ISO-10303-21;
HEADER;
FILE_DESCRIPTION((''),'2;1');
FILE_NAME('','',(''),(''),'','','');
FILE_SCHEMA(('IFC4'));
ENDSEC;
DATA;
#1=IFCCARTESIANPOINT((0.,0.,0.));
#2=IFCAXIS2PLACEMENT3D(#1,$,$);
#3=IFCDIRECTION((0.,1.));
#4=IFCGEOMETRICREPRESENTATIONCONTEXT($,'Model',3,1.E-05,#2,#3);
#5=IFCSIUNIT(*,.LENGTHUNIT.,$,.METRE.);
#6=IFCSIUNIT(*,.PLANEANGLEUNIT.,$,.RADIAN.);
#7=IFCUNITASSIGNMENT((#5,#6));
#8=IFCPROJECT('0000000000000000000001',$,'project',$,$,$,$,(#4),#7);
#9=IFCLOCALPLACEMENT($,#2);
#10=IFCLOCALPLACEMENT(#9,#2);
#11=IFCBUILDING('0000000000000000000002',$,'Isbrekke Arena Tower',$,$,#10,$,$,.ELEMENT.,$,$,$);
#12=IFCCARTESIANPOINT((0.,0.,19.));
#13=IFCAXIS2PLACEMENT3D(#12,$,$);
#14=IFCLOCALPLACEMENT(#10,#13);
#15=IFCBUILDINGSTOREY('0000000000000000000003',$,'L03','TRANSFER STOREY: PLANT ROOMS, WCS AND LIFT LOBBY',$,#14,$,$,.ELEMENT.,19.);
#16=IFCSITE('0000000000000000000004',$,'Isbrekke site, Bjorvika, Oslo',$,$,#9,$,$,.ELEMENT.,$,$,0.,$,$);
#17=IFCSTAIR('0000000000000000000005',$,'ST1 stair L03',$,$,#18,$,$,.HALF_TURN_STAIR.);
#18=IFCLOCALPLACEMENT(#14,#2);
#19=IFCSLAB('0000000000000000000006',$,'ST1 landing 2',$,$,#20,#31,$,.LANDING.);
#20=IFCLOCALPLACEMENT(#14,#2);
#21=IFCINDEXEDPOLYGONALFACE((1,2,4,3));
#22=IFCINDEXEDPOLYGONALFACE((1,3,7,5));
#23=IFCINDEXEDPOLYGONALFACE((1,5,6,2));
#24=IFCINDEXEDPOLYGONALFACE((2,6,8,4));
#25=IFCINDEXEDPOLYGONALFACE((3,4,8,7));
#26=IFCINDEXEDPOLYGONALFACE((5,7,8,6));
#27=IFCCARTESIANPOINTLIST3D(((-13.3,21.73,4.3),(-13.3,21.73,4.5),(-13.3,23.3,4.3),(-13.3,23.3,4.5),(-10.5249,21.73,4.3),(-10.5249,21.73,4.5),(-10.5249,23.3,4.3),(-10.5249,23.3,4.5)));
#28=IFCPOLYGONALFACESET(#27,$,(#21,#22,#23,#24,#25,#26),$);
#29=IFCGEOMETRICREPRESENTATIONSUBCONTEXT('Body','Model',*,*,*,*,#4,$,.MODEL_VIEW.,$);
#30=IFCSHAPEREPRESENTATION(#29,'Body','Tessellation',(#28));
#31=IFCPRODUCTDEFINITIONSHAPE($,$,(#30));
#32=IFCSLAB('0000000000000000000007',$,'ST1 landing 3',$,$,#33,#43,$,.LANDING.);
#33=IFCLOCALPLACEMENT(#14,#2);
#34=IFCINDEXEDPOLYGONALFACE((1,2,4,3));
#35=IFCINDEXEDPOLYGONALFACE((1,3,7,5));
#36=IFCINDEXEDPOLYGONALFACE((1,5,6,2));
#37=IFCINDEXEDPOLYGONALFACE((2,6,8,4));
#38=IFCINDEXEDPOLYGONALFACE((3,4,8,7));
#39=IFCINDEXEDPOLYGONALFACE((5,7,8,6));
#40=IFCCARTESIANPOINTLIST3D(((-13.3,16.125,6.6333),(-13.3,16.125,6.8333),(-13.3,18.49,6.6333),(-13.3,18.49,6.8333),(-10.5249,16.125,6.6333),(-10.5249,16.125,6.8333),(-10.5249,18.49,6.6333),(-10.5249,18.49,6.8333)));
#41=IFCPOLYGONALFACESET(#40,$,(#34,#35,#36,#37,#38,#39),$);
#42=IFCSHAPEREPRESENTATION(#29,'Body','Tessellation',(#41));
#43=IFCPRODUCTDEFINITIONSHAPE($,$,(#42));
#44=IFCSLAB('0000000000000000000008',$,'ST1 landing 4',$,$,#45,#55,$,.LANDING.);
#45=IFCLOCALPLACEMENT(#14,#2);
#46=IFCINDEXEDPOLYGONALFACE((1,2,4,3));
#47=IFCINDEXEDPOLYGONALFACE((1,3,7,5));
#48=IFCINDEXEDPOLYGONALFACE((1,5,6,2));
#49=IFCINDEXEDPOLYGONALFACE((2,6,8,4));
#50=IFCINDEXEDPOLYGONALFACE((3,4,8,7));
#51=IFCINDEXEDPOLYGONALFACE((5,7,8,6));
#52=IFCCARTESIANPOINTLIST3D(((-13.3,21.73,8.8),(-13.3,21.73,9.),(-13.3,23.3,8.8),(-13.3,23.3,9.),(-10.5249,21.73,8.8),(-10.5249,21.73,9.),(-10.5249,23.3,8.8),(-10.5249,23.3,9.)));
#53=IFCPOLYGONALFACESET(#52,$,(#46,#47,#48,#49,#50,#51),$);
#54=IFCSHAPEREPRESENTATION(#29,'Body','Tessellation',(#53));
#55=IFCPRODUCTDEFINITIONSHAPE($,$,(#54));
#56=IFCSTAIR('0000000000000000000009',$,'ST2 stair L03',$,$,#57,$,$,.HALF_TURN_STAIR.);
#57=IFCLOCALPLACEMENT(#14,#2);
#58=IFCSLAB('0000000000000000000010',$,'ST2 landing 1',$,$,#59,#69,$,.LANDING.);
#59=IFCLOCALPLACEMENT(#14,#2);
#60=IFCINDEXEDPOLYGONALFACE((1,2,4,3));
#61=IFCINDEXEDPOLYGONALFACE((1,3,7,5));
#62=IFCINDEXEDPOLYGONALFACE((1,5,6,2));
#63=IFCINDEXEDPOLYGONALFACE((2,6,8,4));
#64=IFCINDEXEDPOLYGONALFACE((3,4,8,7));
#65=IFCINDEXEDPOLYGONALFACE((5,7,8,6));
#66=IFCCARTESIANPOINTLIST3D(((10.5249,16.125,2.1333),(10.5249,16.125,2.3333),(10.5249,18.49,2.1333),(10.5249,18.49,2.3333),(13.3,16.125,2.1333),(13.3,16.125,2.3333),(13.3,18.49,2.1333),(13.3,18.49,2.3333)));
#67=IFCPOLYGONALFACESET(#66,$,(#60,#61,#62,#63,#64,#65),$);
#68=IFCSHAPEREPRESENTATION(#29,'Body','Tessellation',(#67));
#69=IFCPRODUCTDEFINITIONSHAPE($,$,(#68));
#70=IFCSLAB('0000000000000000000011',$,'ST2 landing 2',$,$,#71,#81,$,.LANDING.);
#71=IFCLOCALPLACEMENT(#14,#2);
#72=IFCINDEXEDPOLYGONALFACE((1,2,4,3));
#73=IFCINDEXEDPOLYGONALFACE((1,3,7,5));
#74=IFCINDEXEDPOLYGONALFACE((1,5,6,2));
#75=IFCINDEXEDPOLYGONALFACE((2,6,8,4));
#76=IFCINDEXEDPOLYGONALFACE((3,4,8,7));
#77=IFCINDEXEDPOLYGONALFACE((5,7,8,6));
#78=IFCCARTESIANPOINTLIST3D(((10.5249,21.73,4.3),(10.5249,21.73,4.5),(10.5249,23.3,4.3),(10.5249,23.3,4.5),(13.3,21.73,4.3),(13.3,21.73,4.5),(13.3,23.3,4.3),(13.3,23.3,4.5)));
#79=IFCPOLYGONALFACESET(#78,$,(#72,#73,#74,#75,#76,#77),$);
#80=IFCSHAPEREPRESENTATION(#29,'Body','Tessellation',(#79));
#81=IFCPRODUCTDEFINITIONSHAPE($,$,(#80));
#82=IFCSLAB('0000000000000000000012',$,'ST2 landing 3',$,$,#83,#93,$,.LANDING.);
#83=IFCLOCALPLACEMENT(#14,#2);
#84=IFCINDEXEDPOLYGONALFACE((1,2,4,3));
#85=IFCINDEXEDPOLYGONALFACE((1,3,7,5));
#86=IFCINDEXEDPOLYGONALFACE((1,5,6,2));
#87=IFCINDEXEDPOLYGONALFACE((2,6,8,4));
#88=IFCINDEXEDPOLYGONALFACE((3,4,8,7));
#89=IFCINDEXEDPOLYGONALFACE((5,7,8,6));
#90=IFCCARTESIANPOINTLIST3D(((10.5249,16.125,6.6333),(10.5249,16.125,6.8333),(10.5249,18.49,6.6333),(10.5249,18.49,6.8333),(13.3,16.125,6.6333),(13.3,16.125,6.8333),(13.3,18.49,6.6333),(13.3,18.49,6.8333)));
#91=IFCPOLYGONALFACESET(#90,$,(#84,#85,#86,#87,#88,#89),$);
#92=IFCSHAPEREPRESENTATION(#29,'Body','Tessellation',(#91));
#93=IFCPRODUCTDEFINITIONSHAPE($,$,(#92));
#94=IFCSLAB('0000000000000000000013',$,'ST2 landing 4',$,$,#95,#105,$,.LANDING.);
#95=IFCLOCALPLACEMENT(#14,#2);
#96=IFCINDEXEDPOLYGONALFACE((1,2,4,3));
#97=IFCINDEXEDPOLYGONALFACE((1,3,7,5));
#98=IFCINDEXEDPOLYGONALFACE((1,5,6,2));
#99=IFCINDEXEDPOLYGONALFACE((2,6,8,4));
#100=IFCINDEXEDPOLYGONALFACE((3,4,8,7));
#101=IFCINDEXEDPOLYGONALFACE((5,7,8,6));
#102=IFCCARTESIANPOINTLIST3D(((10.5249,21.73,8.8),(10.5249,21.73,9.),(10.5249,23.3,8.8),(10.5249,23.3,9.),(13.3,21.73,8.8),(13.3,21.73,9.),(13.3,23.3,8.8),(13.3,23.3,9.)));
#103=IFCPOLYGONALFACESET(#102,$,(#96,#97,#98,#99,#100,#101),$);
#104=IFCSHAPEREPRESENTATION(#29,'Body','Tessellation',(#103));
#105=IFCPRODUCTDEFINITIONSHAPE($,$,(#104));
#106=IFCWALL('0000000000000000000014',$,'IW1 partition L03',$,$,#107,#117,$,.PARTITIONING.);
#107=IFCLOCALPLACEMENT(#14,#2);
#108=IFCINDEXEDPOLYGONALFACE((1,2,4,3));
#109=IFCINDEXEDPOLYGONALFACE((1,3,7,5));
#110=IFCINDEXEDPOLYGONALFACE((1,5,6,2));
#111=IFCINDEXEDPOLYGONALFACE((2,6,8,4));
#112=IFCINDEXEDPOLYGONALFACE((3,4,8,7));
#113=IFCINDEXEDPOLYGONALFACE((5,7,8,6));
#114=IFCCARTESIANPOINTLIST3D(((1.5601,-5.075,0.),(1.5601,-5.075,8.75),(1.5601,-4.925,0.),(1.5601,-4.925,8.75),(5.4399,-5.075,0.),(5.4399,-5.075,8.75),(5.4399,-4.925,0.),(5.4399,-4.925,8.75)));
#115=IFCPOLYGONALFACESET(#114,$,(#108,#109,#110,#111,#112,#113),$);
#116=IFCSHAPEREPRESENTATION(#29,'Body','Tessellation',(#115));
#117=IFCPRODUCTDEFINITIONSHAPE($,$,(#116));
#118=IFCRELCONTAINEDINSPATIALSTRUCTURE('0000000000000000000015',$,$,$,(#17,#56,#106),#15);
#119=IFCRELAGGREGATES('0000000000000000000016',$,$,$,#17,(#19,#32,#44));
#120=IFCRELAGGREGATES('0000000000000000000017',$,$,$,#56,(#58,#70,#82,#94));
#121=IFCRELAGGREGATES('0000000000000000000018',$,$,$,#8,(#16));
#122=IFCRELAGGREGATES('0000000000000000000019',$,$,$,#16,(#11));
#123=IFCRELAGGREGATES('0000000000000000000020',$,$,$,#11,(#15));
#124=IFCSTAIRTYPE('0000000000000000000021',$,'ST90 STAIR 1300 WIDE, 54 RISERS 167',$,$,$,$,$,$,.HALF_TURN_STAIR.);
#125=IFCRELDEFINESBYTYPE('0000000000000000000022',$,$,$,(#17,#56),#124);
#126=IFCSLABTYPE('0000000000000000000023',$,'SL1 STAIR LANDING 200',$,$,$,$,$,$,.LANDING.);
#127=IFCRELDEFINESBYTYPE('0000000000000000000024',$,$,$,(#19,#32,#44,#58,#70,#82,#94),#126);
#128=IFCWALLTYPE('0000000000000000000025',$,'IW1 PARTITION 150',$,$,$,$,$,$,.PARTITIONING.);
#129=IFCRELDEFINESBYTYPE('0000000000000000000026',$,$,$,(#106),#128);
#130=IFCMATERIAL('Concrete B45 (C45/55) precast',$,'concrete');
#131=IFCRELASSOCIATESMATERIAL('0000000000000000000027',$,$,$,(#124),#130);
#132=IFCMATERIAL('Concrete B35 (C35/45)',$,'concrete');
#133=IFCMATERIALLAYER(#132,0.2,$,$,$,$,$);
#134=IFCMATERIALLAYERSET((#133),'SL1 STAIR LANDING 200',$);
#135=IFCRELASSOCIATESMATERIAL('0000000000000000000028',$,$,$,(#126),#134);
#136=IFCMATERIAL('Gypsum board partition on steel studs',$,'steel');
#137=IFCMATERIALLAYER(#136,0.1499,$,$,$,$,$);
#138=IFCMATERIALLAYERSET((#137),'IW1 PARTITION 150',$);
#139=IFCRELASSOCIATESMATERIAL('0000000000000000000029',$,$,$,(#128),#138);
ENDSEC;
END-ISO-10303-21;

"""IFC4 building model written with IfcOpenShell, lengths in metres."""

from ifc_helpers import new_model, si_unit, direction, frame, frame_2d, origin, place, context, subcontext, project, spatial, polyline, rectangle, outline, extrude, material, layer, layer_set, type_object, element, aggregate, save


model = new_model("IFC4")

# Units and contexts
model_context = context("Model", 3, precision=1e-05, world=origin(), true_north=direction((0.0, 1.0)))
body_context = subcontext(model_context, "Body", "Model", "MODEL_VIEW")
ifc_project = project(units=[si_unit("LENGTHUNIT", "METRE"), si_unit("PLANEANGLEUNIT", "RADIAN")], contexts=[model_context])

# Site, building, storey
site_placement = place(None, origin())
site = spatial("IfcSite", under=ifc_project, at=site_placement, Name="Isbrekke site, Bjorvika, Oslo", CompositionType="ELEMENT", RefElevation=0.0)
building_placement = place(site_placement, origin())
building = spatial("IfcBuilding", under=site, at=building_placement, Name="Isbrekke Arena Tower", CompositionType="ELEMENT")
storey_placement = place(building_placement, frame((0.0, 0.0, 19.0)))
storey = spatial("IfcBuildingStorey", under=building, at=storey_placement, Name="L03", Description="TRANSFER STOREY: PLANT ROOMS, WCS AND LIFT LOBBY", CompositionType="ELEMENT", Elevation=19.0)

# Stairs, slabs
ifc_material_1 = material(Name="Concrete B45 (C45/55) precast", Category="concrete")
stair_type = type_object("IfcStairType", Name="ST90 STAIR 1300 WIDE, 54 RISERS 167", PredefinedType="HALF_TURN_STAIR", material=ifc_material_1)
stair_1_placement = place(storey_placement, origin())
stair_1 = element("IfcStair", 1, at=stair_1_placement, inside=storey, type_object=stair_type, Name="ST1 stair L03", PredefinedType="HALF_TURN_STAIR")
ifc_material_2 = material(Name="Concrete B35 (C35/45)", Category="concrete")
ifc_layer_1 = layer(ifc_material_2, 0.2)
ifc_layer_set_1 = layer_set([ifc_layer_1], Name="SL1 STAIR LANDING 200")
slab_type_1 = type_object("IfcSlabType", Name="SL1 STAIR LANDING 200", PredefinedType="LANDING", material=ifc_layer_set_1)
slab_1_placement = place(storey_placement, frame((0.0, 0.0, 4.3)))
slab_1 = element("IfcSlab", 2, at=slab_1_placement, type_object=slab_type_1, Name="ST1 landing 2", PredefinedType="LANDING", context=body_context, shape_type="SweptSolid", body=[
    extrude(outline(polyline([(-13.3, 21.73), (-10.5249, 21.73), (-10.5249, 23.3), (-13.3, 23.3), (-13.3, 21.73)])), origin(), (0.0, 0.0, 1.0), 0.2),
])
slab_2_placement = place(storey_placement, frame((0.0, 0.0, 6.6333)))
slab_2 = element("IfcSlab", 3, at=slab_2_placement, type_object=slab_type_1, Name="ST1 landing 3", PredefinedType="LANDING", context=body_context, shape_type="SweptSolid", body=[
    extrude(outline(polyline([(-13.3, 16.125), (-10.5249, 16.125), (-10.5249, 18.49), (-13.3, 18.49), (-13.3, 16.125)])), origin(), (0.0, 0.0, 1.0), 0.2),
])
slab_3_placement = place(storey_placement, frame((0.0, 0.0, 8.8)))
slab_3 = element("IfcSlab", 4, at=slab_3_placement, type_object=slab_type_1, Name="ST1 landing 4", PredefinedType="LANDING", context=body_context, shape_type="SweptSolid", body=[
    extrude(outline(polyline([(-13.3, 21.73), (-10.5249, 21.73), (-10.5249, 23.3), (-13.3, 23.3), (-13.3, 21.73)])), origin(), (0.0, 0.0, 1.0), 0.2),
])
aggregate(stair_1, [slab_1, slab_2, slab_3])
stair_2_placement = place(storey_placement, origin())
stair_2 = element("IfcStair", 5, at=stair_2_placement, inside=storey, type_object=stair_type, Name="ST2 stair L03", PredefinedType="HALF_TURN_STAIR")
slab_4_placement = place(storey_placement, frame((0.0, 0.0, 2.1333)))
slab_4 = element("IfcSlab", 6, at=slab_4_placement, type_object=slab_type_1, Name="ST2 landing 1", PredefinedType="LANDING", context=body_context, shape_type="SweptSolid", body=[
    extrude(outline(polyline([(10.5249, 16.125), (13.3, 16.125), (13.3, 18.49), (10.5249, 18.49), (10.5249, 16.125)])), origin(), (0.0, 0.0, 1.0), 0.2),
])
slab_5_placement = place(storey_placement, frame((0.0, 0.0, 4.3)))
slab_5 = element("IfcSlab", 7, at=slab_5_placement, type_object=slab_type_1, Name="ST2 landing 2", PredefinedType="LANDING", context=body_context, shape_type="SweptSolid", body=[
    extrude(outline(polyline([(10.5249, 21.73), (13.3, 21.73), (13.3, 23.3), (10.5249, 23.3), (10.5249, 21.73)])), origin(), (0.0, 0.0, 1.0), 0.2),
])
slab_6_placement = place(storey_placement, frame((0.0, 0.0, 6.6333)))
slab_6 = element("IfcSlab", 8, at=slab_6_placement, type_object=slab_type_1, Name="ST2 landing 3", PredefinedType="LANDING", context=body_context, shape_type="SweptSolid", body=[
    extrude(outline(polyline([(10.5249, 16.125), (13.3, 16.125), (13.3, 18.49), (10.5249, 18.49), (10.5249, 16.125)])), origin(), (0.0, 0.0, 1.0), 0.2),
])
slab_7_placement = place(storey_placement, frame((0.0, 0.0, 8.8)))
slab_7 = element("IfcSlab", 9, at=slab_7_placement, type_object=slab_type_1, Name="ST2 landing 4", PredefinedType="LANDING", context=body_context, shape_type="SweptSolid", body=[
    extrude(outline(polyline([(10.5249, 21.73), (13.3, 21.73), (13.3, 23.3), (10.5249, 23.3), (10.5249, 21.73)])), origin(), (0.0, 0.0, 1.0), 0.2),
])
aggregate(stair_2, [slab_4, slab_5, slab_6, slab_7])

# Wall
ifc_material_3 = material(Name="Gypsum board partition on steel studs", Category="steel")
ifc_layer_2 = layer(ifc_material_3, 0.1499)
ifc_layer_set_2 = layer_set([ifc_layer_2], Name="IW1 PARTITION 150")
wall_type = type_object("IfcWallType", Name="IW1 PARTITION 150", PredefinedType="PARTITIONING", material=ifc_layer_set_2)
wall_placement = place(storey_placement, frame((1.5601, -5.0, 0.0), z_axis=(0.0, 0.0, 1.0), x_axis=(1.0, 0.0, 0.0)))
element("IfcWall", 10, at=wall_placement, inside=storey, type_object=wall_type, Name="IW1 partition L03", PredefinedType="PARTITIONING", context=body_context, shape_type="SweptSolid", body=[
    extrude(rectangle(XDim=3.8799, YDim=0.1499, at=frame_2d((1.9399, 0.0))), origin(), (0.0, 0.0, 1.0), 8.75),
])

save(model, "model.ifc")
